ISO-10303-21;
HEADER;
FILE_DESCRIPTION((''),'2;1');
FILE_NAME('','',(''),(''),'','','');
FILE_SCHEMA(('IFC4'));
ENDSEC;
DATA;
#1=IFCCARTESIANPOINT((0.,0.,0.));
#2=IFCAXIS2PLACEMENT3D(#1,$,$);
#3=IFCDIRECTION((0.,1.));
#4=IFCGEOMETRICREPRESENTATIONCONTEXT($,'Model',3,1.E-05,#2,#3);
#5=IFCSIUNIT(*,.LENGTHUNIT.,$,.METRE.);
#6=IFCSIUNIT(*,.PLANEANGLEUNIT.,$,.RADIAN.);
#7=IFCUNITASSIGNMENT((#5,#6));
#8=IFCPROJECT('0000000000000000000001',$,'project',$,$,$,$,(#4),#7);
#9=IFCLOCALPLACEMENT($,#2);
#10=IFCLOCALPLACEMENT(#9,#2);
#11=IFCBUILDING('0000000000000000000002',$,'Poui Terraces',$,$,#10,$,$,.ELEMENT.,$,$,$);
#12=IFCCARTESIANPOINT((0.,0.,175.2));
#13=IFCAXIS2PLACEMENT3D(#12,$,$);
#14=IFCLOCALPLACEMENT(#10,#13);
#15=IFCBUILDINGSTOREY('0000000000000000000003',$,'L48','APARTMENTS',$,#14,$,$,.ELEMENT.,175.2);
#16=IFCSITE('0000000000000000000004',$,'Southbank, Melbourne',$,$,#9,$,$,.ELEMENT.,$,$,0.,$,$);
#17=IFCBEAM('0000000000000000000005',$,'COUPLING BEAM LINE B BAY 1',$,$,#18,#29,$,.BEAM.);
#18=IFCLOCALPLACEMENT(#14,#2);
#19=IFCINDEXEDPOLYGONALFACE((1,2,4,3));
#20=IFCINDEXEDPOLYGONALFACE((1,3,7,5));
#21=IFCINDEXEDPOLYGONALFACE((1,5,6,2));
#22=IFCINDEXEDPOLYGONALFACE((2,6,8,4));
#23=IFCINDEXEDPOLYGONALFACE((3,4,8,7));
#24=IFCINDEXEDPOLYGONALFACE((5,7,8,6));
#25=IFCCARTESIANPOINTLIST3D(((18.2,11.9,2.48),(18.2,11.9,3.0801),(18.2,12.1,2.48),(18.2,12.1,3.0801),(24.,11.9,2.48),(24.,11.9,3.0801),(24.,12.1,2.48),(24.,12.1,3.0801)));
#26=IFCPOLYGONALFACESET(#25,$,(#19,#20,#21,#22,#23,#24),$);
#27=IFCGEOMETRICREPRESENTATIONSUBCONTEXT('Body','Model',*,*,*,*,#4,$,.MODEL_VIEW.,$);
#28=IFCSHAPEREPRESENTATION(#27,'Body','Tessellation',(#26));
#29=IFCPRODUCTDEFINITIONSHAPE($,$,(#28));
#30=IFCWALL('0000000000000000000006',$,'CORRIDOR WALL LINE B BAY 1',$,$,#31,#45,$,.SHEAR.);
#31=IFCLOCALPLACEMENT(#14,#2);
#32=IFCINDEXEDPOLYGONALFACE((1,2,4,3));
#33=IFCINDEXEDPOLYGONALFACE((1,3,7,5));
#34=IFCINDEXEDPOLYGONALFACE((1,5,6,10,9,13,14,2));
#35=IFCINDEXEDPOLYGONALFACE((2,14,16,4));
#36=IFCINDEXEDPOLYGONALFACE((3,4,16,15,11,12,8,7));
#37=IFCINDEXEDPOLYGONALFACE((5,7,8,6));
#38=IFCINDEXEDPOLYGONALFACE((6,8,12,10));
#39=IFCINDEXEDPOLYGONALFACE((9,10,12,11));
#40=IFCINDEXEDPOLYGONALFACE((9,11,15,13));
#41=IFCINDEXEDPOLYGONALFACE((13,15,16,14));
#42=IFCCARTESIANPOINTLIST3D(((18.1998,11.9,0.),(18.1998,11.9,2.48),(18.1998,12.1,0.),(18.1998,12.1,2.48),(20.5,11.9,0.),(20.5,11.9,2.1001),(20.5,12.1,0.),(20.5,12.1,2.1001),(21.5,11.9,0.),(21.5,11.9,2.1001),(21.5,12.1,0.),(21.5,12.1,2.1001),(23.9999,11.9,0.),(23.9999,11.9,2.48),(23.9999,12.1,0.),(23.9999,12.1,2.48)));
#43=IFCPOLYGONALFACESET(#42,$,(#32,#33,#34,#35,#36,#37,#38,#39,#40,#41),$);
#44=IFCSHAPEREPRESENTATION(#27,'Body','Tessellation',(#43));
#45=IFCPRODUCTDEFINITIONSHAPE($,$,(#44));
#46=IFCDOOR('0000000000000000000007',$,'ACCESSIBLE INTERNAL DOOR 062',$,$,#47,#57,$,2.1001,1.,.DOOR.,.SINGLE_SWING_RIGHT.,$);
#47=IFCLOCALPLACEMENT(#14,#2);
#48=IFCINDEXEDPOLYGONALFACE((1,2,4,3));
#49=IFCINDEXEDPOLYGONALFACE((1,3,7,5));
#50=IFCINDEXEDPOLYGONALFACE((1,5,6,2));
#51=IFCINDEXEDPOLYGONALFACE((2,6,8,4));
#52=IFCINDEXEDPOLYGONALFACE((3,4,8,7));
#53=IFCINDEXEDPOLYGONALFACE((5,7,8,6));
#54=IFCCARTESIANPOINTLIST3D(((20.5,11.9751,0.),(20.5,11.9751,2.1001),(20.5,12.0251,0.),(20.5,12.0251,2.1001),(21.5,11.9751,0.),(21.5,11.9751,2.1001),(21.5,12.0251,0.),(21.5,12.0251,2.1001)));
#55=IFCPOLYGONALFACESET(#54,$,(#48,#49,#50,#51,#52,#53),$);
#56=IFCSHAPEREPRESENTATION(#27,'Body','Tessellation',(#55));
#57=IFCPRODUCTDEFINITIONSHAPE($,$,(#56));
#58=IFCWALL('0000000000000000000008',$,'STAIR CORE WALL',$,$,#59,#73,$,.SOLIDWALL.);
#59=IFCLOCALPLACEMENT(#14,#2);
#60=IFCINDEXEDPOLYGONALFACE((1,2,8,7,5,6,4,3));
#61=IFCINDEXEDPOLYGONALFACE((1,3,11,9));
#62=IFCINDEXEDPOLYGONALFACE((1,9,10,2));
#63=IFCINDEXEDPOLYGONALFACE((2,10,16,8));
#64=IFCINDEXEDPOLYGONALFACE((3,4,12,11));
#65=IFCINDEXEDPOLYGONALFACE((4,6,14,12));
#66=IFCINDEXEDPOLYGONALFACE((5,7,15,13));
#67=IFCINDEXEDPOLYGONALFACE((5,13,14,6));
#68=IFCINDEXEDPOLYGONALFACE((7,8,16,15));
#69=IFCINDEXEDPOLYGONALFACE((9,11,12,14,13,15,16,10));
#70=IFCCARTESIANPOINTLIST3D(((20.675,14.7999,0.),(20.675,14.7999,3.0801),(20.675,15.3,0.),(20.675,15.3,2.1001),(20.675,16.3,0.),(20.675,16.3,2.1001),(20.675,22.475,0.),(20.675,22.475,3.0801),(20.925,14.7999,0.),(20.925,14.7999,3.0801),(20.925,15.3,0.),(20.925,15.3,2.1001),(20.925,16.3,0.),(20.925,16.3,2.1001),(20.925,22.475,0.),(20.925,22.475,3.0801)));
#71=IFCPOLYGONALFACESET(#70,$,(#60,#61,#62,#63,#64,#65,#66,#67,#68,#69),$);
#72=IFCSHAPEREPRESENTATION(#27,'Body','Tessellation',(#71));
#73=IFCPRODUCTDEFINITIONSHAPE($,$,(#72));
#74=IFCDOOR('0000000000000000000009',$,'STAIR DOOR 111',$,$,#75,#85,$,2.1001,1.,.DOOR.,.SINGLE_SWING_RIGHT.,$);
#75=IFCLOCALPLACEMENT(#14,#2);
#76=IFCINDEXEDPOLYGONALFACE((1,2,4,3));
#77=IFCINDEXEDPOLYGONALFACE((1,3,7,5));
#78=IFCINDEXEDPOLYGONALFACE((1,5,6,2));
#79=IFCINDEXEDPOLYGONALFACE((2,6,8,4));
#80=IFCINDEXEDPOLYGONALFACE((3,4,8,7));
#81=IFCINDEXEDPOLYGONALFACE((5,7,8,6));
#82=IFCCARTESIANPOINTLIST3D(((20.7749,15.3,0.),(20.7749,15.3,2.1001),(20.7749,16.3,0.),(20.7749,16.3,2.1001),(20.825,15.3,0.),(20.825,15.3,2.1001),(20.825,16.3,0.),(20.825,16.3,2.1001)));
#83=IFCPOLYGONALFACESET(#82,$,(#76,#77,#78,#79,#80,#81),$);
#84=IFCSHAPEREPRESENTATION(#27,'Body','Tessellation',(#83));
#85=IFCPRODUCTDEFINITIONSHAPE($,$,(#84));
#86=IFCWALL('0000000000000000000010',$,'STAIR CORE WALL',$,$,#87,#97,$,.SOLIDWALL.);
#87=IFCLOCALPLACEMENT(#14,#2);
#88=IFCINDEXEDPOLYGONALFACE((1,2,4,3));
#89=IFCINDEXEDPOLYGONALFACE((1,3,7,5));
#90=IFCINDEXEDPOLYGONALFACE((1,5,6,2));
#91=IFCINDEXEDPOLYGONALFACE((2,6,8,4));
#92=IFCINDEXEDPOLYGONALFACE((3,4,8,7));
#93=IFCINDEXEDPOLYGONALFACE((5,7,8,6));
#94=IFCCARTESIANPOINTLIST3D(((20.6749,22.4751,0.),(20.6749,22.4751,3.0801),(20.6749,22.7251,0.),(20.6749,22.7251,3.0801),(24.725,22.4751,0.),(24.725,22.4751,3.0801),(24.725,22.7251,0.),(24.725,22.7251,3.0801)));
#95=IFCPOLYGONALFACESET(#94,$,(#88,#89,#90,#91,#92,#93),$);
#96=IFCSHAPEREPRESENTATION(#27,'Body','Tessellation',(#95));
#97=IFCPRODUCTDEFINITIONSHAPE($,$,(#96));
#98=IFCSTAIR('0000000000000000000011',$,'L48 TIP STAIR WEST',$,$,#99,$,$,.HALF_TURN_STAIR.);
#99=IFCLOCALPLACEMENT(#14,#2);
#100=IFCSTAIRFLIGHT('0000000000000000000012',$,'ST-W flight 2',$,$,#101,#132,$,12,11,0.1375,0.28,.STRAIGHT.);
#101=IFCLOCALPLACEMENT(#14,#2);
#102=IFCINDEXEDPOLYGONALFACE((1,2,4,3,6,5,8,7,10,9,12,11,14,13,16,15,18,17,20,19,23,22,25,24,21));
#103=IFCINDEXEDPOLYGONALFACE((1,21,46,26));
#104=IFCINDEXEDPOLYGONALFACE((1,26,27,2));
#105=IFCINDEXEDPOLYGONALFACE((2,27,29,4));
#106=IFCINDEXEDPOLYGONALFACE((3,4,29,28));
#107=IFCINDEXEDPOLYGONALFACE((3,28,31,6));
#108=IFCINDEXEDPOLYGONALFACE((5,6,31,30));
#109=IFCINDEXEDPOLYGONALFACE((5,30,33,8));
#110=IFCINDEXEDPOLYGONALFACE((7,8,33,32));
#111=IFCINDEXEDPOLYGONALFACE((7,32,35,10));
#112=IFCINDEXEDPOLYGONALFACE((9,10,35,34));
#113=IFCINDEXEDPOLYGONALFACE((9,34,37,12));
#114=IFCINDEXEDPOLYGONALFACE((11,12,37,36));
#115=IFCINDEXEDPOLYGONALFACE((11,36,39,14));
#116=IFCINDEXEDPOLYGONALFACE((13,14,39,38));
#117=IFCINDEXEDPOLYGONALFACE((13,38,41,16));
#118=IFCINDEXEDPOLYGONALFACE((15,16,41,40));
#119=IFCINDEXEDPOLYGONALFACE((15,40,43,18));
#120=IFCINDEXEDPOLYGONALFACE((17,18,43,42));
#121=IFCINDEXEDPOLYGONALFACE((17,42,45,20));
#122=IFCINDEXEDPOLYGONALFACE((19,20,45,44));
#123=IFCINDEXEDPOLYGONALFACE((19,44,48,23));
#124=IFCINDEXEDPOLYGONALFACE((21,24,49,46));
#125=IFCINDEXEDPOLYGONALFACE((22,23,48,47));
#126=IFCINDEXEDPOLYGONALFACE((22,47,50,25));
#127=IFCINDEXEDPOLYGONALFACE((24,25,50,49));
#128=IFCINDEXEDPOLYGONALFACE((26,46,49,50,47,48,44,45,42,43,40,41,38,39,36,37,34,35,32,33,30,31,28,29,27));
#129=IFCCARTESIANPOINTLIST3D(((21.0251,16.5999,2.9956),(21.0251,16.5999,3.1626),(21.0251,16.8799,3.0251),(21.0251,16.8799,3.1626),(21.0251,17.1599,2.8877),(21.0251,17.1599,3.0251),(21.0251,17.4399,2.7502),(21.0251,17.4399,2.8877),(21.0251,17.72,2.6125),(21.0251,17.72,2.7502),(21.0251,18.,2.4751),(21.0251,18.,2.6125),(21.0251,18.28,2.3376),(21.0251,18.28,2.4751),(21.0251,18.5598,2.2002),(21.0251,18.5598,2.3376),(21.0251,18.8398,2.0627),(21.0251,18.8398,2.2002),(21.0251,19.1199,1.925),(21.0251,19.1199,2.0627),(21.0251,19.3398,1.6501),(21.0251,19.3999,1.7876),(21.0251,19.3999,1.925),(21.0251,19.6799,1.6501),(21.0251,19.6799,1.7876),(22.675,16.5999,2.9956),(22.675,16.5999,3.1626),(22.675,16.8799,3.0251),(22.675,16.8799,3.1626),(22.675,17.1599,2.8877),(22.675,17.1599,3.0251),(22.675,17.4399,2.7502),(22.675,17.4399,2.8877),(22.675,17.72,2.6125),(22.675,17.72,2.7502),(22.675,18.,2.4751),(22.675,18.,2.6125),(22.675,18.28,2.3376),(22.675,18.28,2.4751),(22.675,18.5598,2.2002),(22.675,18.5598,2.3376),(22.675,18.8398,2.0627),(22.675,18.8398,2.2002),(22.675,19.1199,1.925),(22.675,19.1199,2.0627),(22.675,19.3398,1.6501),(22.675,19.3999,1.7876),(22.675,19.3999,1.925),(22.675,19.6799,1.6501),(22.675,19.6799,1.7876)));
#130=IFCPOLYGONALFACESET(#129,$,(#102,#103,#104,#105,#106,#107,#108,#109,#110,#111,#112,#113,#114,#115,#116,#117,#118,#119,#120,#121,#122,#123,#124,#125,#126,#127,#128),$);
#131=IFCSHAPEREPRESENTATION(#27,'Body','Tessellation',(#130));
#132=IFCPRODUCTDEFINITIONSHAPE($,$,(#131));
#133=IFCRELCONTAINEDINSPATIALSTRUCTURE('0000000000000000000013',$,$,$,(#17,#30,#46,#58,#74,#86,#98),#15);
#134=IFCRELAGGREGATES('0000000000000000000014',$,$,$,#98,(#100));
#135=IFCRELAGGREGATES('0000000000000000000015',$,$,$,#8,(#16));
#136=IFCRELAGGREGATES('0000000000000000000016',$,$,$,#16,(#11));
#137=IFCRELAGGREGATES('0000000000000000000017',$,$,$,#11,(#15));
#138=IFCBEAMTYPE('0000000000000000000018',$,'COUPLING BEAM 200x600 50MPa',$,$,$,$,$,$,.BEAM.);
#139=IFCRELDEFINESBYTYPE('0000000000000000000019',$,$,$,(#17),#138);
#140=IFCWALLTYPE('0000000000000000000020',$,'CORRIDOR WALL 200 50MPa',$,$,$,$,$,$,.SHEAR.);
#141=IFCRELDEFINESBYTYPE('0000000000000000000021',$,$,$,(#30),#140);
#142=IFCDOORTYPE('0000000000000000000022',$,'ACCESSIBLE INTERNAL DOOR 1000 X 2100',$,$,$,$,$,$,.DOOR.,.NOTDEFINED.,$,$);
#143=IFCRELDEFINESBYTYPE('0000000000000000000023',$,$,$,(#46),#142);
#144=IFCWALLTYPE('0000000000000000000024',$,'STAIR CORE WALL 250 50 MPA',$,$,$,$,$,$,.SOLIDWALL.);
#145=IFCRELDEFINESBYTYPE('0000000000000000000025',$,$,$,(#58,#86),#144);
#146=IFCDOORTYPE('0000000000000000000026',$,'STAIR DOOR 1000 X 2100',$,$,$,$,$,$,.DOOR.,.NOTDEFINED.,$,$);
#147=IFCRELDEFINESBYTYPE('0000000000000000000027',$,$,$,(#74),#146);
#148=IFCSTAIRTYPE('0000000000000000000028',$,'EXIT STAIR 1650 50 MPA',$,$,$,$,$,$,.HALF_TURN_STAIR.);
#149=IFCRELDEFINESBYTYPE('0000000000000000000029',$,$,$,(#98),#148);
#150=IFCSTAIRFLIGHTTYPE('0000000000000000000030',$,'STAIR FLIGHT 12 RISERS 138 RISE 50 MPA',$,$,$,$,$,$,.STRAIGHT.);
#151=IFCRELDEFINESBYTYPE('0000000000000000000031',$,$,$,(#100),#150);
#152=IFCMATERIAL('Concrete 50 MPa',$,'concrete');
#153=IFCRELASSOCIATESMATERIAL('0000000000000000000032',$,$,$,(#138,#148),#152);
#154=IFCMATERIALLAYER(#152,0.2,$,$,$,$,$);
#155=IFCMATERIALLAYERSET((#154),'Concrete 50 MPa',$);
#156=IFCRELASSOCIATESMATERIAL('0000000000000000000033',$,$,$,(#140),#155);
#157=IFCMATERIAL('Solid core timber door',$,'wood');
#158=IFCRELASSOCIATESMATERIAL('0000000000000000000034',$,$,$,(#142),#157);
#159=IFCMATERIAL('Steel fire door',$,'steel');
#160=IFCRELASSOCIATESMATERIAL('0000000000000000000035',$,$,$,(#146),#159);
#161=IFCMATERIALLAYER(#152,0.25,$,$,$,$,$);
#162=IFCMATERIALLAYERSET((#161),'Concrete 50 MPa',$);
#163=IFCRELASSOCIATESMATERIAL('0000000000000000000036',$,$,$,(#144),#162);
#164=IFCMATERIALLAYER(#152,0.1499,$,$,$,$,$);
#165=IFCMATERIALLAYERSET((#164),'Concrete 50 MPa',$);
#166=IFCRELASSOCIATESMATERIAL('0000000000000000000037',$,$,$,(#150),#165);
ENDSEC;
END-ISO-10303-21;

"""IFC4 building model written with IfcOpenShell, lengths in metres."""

from ifc_helpers import new_model, si_unit, direction, frame, frame_2d, origin, origin_2d, place, context, subcontext, project, spatial, polyline, rectangle, outline, extrude, source, transform, mapped, material, layer, layer_set, material_profile, profile_set, type_object, element, fill, aggregate, save


model = new_model("IFC4")

# Units and contexts
model_context = context("Model", 3, precision=1e-05, world=origin(), true_north=direction((0.0, 1.0)))
body_context = subcontext(model_context, "Body", "Model", "MODEL_VIEW")
ifc_project = project(units=[si_unit("LENGTHUNIT", "METRE"), si_unit("PLANEANGLEUNIT", "RADIAN")], contexts=[model_context])

# Site, building, storey
site_placement = place(None, origin())
site = spatial("IfcSite", under=ifc_project, at=site_placement, Name="Southbank, Melbourne", CompositionType="ELEMENT", RefElevation=0.0)
building_placement = place(site_placement, origin())
building = spatial("IfcBuilding", under=site, at=building_placement, Name="Poui Terraces", CompositionType="ELEMENT")
storey_placement = place(building_placement, frame((0.0, 0.0, 175.2)))
storey = spatial("IfcBuildingStorey", under=building, at=storey_placement, Name="L48", Description="APARTMENTS", CompositionType="ELEMENT", Elevation=175.2)

# Beam
ifc_material_1 = material(Name="Concrete 50 MPa", Category="concrete")
ifc_material_profile = material_profile(ifc_material_1, rectangle(XDim=0.2, YDim=0.6001, at=origin_2d()), Name="RC 200x600")
ifc_profile_set = profile_set([ifc_material_profile], Name="Concrete 50 MPa")
beam_type = type_object("IfcBeamType", Name="COUPLING BEAM 200x600 50MPa", PredefinedType="BEAM", material=ifc_profile_set)
shared_shape = source(origin(), body_context, "Body", "SweptSolid", [
    extrude(rectangle(XDim=0.2, YDim=0.6001, at=origin_2d()), origin(), (0.0, 0.0, 1.0), 5.8),
])
beam_placement = place(storey_placement, frame((18.2, 12.0, 2.78), z_axis=(1.0, 0.0, 0.0), x_axis=(0.0, 1.0, 0.0)))
element("IfcBeam", 1, at=beam_placement, inside=storey, type_object=beam_type, Name="COUPLING BEAM LINE B BAY 1", PredefinedType="BEAM", context=body_context, shape_type="MappedRepresentation", body=[
    mapped(shared_shape, transform((0.0, 0.0, 0.0))),
])

# Wall, opening, door
ifc_layer_1 = layer(ifc_material_1, 0.2)
ifc_layer_set_1 = layer_set([ifc_layer_1], Name="Concrete 50 MPa")
wall_type_1 = type_object("IfcWallType", Name="CORRIDOR WALL 200 50MPa", PredefinedType="SHEAR", material=ifc_layer_set_1)
wall_1_placement = place(storey_placement, frame((18.2, 12.0, 0.0), z_axis=(0.0, 0.0, 1.0), x_axis=(1.0, 0.0, 0.0)))
wall_1 = element("IfcWall", 2, at=wall_1_placement, inside=storey, type_object=wall_type_1, Name="CORRIDOR WALL LINE B BAY 1", PredefinedType="SHEAR", context=body_context, shape_type="SweptSolid", body=[
    extrude(rectangle(XDim=5.8, YDim=0.2, at=frame_2d((2.8999, 0.0))), origin(), (0.0, 0.0, 1.0), 2.48),
])
opening_1_placement = place(wall_1_placement, frame((2.3, 0.0, 0.0)))
opening_1 = element("IfcOpeningElement", 3, at=opening_1_placement, cuts=wall_1, PredefinedType="OPENING", context=body_context, shape_type="SweptSolid", body=[
    extrude(rectangle(XDim=1.0, YDim=2.1001, at=frame_2d((0.5, 1.05))), frame((0.0, 0.1099, 0.0), z_axis=(0.0, -1.0, 0.0), x_axis=(1.0, 0.0, 0.0)), (0.0, 0.0, 1.0), 0.22),
])
ifc_material_2 = material(Name="Solid core timber door", Category="wood")
door_type_1 = type_object("IfcDoorType", Name="ACCESSIBLE INTERNAL DOOR 1000 X 2100", OperationType="NOTDEFINED", PredefinedType="DOOR", material=ifc_material_2)
door_1_placement = place(opening_1_placement, frame((1.0, 0.0, 0.0), z_axis=(0.0, 0.0, 1.0), x_axis=(-1.0, 0.0, 0.0)))
door_1 = element("IfcDoor", 4, at=door_1_placement, inside=storey, type_object=door_type_1, Name="ACCESSIBLE INTERNAL DOOR 062", OperationType="SINGLE_SWING_RIGHT", OverallHeight=2.1001, OverallWidth=1.0, PredefinedType="DOOR", context=body_context, shape_type="SweptSolid", body=[
    extrude(rectangle(XDim=1.0, YDim=2.1001, at=frame_2d((0.5, 1.05))), frame((0.0, 0.0249, 0.0), z_axis=(0.0, -1.0, 0.0), x_axis=(1.0, 0.0, 0.0)), (0.0, 0.0, 1.0), 0.05),
])
fill(opening_1, door_1)

# Shared definitions
ifc_material_3 = material(Name="Steel fire door", Category="steel")
door_type_2 = type_object("IfcDoorType", Name="STAIR DOOR 1000 X 2100", OperationType="NOTDEFINED", PredefinedType="DOOR", material=ifc_material_3)

# Wall, opening, door
ifc_layer_2 = layer(ifc_material_1, 0.25)
ifc_layer_set_2 = layer_set([ifc_layer_2], Name="Concrete 50 MPa")
wall_type_2 = type_object("IfcWallType", Name="STAIR CORE WALL 250 50 MPA", PredefinedType="SOLIDWALL", material=ifc_layer_set_2)
wall_2_placement = place(storey_placement, frame((20.8, 14.8, 0.0), z_axis=(0.0, 0.0, 1.0), x_axis=(0.0, 1.0, 0.0)))
wall_2 = element("IfcWall", 5, at=wall_2_placement, inside=storey, type_object=wall_type_2, Name="STAIR CORE WALL", PredefinedType="SOLIDWALL", context=body_context, shape_type="SweptSolid", body=[
    extrude(rectangle(XDim=7.675, YDim=0.25, at=frame_2d((3.8374, 0.0))), origin(), (0.0, 0.0, 1.0), 3.0801),
])
opening_2_placement = place(wall_2_placement, frame((0.5, 0.0, 0.0)))
opening_2 = element("IfcOpeningElement", 6, at=opening_2_placement, cuts=wall_2, PredefinedType="OPENING", context=body_context, shape_type="SweptSolid", body=[
    extrude(rectangle(XDim=1.0, YDim=2.1001, at=frame_2d((0.5, 1.05))), frame((0.0, 0.135, 0.0), z_axis=(0.0, -1.0, 0.0), x_axis=(1.0, 0.0, 0.0)), (0.0, 0.0, 1.0), 0.27),
])
door_2_placement = place(opening_2_placement, frame((1.0, 0.0, 0.0), z_axis=(0.0, 0.0, 1.0), x_axis=(-1.0, 0.0, 0.0)))
door_2 = element("IfcDoor", 7, at=door_2_placement, inside=storey, type_object=door_type_2, Name="STAIR DOOR 111", OperationType="SINGLE_SWING_RIGHT", OverallHeight=2.1001, OverallWidth=1.0, PredefinedType="DOOR", context=body_context, shape_type="SweptSolid", body=[
    extrude(rectangle(XDim=1.0, YDim=2.1001, at=frame_2d((0.5, 1.05))), frame((0.0, 0.0249, 0.0), z_axis=(0.0, -1.0, 0.0), x_axis=(1.0, 0.0, 0.0)), (0.0, 0.0, 1.0), 0.05),
])
fill(opening_2, door_2)

# Wall
wall_3_placement = place(storey_placement, frame((20.675, 22.6001, 0.0), z_axis=(0.0, 0.0, 1.0), x_axis=(1.0, 0.0, 0.0)))
element("IfcWall", 8, at=wall_3_placement, inside=storey, type_object=wall_type_2, Name="STAIR CORE WALL", PredefinedType="SOLIDWALL", context=body_context, shape_type="SweptSolid", body=[
    extrude(rectangle(XDim=4.05, YDim=0.25, at=frame_2d((2.0249, 0.0))), origin(), (0.0, 0.0, 1.0), 3.0801),
])

# Stair, stair flight
stair_type = type_object("IfcStairType", Name="EXIT STAIR 1650 50 MPA", PredefinedType="HALF_TURN_STAIR", material=ifc_material_1)
stair_placement = place(storey_placement, origin())
stair = element("IfcStair", 9, at=stair_placement, inside=storey, type_object=stair_type, Name="L48 TIP STAIR WEST", PredefinedType="HALF_TURN_STAIR")
ifc_layer_3 = layer(ifc_material_1, 0.1499)
ifc_layer_set_3 = layer_set([ifc_layer_3], Name="Concrete 50 MPa")
stair_flight_type = type_object("IfcStairFlightType", Name="STAIR FLIGHT 12 RISERS 138 RISE 50 MPA", PredefinedType="STRAIGHT", material=ifc_layer_set_3)
stair_flight_placement = place(storey_placement, frame((21.8501, 19.6799, 1.6501), z_axis=(0.0, 0.0, 1.0), x_axis=(0.0, -1.0, 0.0)))
stair_flight = element("IfcStairFlight", 10, at=stair_flight_placement, type_object=stair_flight_type, Name="ST-W flight 2", NumberOfRisers=12, NumberOfTreads=11, PredefinedType="STRAIGHT", RiserHeight=0.1375, TreadLength=0.28, context=body_context, shape_type="SweptSolid", body=[
    extrude(outline(polyline([(0.0, 0.0), (0.0, 0.1375), (0.28, 0.1375), (0.28, 0.2749), (0.5601, 0.2749), (0.5601, 0.4126), (0.8401, 0.4126), (0.8401, 0.55), (1.1201, 0.55), (1.1201, 0.6875), (1.3999, 0.6875), (1.3999, 0.825), (1.6799, 0.825), (1.6799, 0.9624), (1.96, 0.9624), (1.96, 1.1001), (2.24, 1.1001), (2.24, 1.2375), (2.52, 1.2375), (2.52, 1.375), (2.8, 1.375), (2.8, 1.5125), (3.0801, 1.5125), (3.0801, 1.6499), (3.0801, 1.3455), (0.3401, 0.0), (0.0, 0.0)])), frame((0.0, 0.825, 0.0), z_axis=(0.0, -1.0, 0.0), x_axis=(1.0, 0.0, 0.0)), (0.0, 0.0, 1.0), 1.6499),
])
aggregate(stair, [stair_flight])

save(model, "model.ifc")
